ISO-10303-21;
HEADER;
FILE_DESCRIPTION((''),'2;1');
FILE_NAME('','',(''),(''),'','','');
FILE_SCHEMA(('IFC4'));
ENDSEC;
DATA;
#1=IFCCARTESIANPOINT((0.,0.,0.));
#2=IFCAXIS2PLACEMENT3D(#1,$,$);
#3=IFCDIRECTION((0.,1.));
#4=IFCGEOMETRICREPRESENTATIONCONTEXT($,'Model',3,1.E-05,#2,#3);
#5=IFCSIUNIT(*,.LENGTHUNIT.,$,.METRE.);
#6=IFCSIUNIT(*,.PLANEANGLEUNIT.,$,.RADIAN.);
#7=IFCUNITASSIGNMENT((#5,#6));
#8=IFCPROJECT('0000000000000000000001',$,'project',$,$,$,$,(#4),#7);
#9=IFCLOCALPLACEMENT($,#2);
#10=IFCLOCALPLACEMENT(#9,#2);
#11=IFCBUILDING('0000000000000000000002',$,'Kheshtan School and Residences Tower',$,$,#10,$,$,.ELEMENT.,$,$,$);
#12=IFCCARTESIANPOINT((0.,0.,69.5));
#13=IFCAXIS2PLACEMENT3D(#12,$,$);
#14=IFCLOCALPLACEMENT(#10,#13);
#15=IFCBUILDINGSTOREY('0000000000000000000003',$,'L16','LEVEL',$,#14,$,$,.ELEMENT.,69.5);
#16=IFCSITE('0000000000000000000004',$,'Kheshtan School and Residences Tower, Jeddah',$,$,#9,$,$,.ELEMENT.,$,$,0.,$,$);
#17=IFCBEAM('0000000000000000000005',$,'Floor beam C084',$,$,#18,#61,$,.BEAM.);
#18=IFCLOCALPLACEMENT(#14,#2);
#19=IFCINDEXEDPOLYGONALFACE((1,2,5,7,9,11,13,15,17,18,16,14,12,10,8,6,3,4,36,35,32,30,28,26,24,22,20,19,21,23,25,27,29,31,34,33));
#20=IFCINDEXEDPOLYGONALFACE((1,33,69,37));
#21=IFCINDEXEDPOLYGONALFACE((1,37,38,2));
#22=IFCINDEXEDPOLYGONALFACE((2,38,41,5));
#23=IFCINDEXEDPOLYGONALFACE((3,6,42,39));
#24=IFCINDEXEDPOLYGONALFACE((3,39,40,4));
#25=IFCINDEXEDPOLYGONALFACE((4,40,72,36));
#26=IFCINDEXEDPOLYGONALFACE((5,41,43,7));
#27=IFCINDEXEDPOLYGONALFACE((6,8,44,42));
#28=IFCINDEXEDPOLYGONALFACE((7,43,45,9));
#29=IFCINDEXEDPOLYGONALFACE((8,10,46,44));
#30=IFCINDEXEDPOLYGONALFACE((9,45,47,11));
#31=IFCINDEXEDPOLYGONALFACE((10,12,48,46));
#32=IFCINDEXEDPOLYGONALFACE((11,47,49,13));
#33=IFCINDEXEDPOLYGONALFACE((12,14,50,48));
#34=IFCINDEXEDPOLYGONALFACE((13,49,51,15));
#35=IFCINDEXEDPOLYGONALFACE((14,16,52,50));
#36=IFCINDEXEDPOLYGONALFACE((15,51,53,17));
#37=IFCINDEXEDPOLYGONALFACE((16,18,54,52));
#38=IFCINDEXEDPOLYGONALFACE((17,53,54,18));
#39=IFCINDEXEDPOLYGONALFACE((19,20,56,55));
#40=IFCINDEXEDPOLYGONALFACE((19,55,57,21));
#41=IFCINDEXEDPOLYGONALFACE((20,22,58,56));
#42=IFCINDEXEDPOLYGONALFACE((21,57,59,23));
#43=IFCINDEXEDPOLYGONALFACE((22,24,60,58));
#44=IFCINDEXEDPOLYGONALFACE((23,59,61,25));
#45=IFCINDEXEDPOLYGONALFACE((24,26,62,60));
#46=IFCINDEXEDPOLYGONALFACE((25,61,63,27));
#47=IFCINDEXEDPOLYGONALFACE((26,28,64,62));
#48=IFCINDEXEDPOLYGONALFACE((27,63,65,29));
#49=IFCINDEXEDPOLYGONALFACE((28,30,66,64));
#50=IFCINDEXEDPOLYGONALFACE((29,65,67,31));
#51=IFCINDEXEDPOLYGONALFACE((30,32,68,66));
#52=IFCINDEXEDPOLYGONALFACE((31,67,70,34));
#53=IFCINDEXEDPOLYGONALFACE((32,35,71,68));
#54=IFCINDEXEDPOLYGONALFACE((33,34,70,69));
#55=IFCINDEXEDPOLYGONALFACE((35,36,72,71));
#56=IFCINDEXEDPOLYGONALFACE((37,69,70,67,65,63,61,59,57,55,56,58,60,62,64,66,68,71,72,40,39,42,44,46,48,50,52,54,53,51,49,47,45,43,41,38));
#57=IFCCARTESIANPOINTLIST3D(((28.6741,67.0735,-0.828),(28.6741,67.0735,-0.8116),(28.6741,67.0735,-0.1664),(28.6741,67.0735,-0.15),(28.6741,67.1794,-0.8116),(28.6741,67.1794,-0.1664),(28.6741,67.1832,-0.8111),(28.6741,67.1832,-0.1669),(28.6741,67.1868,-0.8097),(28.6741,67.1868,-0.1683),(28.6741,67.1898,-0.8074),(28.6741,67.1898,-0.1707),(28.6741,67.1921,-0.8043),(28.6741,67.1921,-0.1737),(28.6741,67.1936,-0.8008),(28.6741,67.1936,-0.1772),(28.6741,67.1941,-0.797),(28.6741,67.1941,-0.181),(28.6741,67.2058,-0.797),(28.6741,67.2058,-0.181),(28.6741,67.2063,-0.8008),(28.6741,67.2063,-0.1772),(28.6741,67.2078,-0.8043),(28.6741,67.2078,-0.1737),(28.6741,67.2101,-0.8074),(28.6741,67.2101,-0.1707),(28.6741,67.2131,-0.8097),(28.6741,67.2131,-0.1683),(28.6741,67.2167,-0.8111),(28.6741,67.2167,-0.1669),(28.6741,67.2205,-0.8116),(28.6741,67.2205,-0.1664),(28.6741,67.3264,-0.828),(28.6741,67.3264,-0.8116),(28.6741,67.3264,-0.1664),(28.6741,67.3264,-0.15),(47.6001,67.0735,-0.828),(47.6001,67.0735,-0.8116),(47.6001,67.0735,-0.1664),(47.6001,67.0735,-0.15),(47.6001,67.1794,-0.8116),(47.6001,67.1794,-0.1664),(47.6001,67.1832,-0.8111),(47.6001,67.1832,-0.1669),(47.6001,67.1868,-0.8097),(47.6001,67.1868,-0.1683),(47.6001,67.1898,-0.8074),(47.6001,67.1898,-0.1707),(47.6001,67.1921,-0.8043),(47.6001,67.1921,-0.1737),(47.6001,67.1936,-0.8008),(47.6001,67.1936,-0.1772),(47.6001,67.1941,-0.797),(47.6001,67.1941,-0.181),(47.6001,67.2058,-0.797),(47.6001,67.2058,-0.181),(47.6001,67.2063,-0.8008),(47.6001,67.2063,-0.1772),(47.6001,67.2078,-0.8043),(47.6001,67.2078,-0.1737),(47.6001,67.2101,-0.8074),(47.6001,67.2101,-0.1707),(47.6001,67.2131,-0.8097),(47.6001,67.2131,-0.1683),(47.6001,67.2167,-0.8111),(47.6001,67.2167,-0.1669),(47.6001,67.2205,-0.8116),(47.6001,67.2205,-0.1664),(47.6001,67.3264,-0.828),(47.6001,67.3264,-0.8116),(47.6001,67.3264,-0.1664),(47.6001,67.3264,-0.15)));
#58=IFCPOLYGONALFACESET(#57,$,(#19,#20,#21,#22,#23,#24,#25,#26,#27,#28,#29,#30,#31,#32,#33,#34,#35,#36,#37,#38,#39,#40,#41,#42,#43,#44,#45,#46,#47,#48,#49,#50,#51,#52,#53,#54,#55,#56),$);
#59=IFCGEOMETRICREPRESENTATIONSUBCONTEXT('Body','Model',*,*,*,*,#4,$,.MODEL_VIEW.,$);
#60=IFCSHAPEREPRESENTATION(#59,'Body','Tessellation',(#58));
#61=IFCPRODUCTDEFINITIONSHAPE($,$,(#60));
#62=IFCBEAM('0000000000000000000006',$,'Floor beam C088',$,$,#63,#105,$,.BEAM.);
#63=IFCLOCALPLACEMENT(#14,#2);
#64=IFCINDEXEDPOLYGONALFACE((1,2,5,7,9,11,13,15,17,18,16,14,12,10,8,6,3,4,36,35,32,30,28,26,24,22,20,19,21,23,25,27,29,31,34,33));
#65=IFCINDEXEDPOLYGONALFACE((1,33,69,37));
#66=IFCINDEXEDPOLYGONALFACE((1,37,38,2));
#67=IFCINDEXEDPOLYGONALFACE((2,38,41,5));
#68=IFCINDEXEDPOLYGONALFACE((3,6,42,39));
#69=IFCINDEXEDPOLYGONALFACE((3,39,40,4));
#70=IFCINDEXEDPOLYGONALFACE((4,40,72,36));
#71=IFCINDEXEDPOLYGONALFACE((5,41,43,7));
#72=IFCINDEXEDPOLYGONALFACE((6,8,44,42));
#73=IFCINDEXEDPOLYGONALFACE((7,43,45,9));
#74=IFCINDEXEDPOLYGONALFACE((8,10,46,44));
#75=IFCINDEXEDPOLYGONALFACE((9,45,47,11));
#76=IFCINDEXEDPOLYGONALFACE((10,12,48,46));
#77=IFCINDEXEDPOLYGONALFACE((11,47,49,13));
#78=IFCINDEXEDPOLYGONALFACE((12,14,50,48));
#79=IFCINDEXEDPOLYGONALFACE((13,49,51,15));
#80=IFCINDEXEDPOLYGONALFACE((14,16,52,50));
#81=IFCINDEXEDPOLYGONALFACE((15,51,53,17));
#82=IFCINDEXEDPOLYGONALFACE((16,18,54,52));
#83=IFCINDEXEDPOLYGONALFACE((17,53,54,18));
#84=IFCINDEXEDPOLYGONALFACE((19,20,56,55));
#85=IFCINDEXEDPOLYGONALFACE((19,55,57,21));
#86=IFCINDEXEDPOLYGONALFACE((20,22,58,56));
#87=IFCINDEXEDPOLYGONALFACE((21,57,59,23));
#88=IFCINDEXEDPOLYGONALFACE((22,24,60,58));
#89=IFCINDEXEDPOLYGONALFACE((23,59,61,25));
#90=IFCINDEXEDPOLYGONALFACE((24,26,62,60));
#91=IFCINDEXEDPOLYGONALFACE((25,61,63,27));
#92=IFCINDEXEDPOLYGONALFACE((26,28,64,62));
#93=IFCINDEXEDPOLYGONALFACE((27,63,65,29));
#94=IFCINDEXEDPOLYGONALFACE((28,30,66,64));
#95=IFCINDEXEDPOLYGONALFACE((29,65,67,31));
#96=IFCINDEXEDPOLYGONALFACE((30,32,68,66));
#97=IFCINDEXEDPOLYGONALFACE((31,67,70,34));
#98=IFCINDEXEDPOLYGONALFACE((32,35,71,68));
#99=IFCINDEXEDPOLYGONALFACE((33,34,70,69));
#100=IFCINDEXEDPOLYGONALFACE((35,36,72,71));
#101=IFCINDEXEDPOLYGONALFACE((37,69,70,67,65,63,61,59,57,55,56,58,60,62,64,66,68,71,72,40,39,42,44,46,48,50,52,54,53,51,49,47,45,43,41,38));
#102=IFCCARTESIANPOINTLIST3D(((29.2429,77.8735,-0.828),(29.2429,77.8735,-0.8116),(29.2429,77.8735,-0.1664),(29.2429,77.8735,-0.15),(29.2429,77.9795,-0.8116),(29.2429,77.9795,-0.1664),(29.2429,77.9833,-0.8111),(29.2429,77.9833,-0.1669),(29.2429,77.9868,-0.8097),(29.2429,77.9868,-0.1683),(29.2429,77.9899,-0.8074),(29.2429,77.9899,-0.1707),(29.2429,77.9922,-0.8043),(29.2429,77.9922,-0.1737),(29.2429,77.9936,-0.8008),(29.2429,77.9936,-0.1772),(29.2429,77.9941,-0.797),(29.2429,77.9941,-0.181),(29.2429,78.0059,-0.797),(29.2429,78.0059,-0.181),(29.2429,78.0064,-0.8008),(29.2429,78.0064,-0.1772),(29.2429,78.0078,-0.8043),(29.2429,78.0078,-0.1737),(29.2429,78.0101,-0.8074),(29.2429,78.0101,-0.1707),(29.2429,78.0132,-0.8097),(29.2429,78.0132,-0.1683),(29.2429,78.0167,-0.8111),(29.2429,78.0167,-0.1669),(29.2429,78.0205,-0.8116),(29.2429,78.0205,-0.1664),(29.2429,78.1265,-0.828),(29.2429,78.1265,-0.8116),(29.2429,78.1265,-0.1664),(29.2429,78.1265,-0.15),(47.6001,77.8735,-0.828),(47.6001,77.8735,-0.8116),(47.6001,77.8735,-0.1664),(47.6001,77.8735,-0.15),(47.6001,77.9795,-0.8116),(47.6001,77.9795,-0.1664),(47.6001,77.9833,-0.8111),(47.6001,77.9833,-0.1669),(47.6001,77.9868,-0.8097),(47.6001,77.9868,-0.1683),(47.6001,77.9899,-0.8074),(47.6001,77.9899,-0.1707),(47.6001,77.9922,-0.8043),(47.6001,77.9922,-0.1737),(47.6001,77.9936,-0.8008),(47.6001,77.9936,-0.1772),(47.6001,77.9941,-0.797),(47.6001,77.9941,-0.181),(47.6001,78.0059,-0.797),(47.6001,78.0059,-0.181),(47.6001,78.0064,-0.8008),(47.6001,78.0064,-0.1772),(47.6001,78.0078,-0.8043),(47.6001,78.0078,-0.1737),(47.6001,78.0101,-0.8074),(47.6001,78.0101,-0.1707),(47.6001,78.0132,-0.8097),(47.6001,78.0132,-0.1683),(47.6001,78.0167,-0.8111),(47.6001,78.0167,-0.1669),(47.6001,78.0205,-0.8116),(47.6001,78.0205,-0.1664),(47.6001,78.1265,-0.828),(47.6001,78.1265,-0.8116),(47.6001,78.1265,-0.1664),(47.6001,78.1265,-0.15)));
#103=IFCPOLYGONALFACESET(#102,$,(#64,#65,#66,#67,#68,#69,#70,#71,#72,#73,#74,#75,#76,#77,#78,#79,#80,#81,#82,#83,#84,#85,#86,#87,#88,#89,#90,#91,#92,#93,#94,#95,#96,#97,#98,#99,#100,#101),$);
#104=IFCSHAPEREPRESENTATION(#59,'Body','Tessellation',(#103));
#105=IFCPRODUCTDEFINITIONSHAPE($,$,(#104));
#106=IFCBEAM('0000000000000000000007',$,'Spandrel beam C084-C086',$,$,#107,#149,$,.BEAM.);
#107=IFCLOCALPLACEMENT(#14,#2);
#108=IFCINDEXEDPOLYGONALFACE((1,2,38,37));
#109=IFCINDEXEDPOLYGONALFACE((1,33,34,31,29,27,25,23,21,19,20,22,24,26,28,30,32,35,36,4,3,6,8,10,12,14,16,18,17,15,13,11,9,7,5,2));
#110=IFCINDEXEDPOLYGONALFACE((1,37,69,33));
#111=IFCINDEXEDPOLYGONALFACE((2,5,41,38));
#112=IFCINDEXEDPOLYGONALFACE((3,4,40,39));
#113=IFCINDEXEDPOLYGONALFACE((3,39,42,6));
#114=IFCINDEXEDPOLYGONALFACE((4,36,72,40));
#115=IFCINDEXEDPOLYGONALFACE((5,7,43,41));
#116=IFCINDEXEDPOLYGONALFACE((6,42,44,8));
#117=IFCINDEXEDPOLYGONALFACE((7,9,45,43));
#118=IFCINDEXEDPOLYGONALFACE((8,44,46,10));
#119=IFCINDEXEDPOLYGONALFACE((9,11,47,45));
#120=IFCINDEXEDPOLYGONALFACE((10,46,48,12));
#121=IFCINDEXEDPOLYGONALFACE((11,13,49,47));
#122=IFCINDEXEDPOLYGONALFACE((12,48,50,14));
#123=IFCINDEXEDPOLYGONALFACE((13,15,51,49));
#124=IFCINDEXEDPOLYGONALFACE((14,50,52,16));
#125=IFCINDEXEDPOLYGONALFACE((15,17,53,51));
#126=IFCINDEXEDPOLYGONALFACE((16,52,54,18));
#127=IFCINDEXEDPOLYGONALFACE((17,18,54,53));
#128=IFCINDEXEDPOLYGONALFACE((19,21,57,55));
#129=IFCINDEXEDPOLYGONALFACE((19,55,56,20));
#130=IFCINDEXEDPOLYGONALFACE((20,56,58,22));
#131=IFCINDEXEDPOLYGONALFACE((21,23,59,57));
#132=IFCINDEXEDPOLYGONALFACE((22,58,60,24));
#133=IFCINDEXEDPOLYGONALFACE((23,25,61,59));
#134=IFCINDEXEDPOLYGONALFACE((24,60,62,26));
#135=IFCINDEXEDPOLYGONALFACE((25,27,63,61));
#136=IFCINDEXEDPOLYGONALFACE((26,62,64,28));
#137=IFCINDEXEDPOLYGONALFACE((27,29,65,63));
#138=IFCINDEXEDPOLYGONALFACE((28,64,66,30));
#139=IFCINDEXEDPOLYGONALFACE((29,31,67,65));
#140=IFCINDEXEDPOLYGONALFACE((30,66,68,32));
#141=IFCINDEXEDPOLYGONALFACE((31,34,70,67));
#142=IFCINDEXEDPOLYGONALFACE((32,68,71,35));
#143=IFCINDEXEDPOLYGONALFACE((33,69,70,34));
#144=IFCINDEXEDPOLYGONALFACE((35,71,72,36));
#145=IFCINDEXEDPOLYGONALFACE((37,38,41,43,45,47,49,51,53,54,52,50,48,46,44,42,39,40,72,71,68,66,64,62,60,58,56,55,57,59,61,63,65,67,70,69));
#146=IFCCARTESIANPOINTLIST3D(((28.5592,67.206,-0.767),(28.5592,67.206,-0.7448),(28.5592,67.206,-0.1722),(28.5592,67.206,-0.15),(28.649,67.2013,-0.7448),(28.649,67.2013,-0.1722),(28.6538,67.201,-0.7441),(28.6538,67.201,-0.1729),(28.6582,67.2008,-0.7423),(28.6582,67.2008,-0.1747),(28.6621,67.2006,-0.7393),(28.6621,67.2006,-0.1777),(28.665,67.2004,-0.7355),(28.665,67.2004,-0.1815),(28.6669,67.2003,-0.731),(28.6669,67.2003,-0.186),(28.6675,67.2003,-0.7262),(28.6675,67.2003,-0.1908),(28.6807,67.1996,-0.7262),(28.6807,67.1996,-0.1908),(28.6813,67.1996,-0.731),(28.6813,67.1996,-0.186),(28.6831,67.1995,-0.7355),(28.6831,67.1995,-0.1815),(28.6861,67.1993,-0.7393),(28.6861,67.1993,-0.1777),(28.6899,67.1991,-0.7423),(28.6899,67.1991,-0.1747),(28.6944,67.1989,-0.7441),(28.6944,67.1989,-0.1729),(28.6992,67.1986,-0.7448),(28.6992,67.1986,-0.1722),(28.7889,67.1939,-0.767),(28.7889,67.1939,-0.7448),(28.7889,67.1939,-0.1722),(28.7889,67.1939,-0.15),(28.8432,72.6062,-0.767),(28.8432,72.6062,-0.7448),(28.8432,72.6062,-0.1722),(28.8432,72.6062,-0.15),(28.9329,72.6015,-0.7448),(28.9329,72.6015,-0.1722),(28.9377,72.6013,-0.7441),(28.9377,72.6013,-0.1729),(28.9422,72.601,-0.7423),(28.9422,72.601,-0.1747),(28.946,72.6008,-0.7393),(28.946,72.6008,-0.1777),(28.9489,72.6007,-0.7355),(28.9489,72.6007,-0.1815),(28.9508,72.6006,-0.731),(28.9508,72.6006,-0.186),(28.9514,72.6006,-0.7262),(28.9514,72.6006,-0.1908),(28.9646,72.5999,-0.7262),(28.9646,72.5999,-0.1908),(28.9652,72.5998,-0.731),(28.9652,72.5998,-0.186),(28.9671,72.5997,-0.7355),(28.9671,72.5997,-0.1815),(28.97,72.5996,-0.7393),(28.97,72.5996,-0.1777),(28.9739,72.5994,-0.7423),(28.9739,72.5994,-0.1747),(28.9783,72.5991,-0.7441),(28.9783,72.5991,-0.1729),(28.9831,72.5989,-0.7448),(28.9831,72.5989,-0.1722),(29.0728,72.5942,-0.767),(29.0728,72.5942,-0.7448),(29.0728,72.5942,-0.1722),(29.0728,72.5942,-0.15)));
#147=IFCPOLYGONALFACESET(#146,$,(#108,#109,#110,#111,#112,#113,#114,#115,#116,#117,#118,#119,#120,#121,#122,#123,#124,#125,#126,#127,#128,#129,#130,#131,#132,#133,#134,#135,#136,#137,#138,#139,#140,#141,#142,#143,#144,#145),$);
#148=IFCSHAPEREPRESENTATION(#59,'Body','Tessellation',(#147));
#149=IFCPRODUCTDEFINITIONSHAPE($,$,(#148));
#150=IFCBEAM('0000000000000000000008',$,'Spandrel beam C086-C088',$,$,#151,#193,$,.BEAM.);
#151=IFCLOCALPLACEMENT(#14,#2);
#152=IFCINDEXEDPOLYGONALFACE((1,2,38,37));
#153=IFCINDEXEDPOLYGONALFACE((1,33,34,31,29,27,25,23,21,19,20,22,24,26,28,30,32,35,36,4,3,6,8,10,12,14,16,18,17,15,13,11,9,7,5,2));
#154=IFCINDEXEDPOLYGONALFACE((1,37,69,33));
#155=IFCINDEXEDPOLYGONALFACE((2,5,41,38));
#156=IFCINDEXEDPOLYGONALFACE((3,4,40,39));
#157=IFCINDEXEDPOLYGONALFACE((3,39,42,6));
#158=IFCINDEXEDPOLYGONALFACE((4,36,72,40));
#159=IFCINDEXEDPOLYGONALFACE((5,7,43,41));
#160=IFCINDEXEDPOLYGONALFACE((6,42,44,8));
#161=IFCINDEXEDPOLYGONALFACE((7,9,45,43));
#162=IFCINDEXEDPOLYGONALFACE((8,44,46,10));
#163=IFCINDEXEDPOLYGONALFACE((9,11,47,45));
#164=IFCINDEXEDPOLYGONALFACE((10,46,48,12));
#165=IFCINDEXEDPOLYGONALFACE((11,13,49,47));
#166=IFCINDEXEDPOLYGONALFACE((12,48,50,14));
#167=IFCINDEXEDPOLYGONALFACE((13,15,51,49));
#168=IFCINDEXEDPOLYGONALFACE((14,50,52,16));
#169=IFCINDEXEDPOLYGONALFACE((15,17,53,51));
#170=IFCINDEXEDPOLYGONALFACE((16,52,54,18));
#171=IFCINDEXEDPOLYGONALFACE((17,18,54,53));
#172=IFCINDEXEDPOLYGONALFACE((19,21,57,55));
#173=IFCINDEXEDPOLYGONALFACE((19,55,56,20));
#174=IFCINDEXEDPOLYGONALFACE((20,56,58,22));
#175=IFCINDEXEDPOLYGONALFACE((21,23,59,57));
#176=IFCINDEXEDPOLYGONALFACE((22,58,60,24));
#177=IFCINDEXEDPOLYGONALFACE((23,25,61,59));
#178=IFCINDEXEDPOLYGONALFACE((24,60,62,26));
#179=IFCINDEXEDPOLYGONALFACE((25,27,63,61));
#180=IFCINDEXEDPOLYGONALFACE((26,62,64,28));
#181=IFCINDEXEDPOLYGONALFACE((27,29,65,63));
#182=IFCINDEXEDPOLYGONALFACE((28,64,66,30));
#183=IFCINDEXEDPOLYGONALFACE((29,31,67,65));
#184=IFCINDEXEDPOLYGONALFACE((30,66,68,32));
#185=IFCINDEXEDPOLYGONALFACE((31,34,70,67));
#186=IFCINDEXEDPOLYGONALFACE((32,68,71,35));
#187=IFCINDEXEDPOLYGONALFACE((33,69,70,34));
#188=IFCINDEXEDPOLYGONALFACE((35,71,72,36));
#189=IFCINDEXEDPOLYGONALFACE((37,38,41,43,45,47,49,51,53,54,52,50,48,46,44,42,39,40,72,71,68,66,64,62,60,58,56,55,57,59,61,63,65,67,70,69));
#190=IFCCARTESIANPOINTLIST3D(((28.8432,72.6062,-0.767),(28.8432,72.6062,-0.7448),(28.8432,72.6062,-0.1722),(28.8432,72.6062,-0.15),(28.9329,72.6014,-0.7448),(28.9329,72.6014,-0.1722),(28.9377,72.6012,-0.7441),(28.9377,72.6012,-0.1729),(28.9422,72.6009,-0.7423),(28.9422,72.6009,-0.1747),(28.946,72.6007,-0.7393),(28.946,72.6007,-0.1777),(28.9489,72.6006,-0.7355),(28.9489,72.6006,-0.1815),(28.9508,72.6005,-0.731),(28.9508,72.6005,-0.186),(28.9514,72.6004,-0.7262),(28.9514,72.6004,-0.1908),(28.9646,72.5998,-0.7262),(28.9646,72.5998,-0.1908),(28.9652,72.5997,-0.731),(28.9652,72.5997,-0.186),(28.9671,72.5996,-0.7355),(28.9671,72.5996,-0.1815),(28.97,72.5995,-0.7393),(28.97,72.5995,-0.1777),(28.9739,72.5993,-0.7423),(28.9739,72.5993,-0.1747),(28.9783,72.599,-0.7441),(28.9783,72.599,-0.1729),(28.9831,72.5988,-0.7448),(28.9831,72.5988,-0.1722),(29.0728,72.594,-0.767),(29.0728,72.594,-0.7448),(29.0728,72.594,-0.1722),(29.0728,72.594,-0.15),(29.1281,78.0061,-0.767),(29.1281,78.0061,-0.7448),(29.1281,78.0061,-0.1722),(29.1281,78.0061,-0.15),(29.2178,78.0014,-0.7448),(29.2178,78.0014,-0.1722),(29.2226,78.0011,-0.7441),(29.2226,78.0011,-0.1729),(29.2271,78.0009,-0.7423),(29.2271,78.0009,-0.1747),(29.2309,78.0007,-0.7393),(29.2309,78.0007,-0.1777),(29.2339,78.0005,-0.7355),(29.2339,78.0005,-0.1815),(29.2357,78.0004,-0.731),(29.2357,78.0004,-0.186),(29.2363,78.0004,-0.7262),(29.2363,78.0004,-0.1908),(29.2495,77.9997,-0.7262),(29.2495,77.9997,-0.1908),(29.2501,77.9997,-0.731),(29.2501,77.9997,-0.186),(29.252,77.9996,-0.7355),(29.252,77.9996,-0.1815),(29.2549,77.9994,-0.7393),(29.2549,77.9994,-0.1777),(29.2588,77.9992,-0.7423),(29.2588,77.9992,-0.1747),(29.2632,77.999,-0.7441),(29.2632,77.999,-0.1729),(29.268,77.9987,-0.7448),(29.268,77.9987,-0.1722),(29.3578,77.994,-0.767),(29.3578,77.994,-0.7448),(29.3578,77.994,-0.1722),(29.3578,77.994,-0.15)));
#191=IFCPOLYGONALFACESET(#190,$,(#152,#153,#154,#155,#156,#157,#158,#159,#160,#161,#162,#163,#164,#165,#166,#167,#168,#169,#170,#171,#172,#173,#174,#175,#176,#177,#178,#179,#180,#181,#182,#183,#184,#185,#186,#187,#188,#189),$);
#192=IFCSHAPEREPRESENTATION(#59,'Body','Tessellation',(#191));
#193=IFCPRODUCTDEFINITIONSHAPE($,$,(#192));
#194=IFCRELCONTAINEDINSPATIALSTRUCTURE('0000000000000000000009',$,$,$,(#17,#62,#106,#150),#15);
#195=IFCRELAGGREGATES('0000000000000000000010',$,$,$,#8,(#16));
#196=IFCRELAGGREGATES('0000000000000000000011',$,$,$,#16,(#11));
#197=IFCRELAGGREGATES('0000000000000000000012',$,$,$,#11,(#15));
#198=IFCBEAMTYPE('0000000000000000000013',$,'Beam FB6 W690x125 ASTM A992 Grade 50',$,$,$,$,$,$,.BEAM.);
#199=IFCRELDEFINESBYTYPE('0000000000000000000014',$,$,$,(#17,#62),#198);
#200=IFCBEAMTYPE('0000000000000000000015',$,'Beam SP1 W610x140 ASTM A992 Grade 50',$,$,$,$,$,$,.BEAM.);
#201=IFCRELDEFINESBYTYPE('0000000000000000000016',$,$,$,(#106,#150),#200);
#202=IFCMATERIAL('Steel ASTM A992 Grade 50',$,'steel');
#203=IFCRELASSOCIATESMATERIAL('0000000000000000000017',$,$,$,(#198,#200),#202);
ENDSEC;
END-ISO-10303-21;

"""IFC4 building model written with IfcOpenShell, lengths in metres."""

from ifc_helpers import new_model, si_unit, direction, frame, origin, origin_2d, place, context, subcontext, project, spatial, i_section, extrude, material, material_profile, profile_set, type_object, element, save


model = new_model("IFC4")

# Units and contexts
model_context = context("Model", 3, precision=1e-05, world=origin(), true_north=direction((0.0, 1.0)))
body_context = subcontext(model_context, "Body", "Model", "MODEL_VIEW")
ifc_project = project(units=[si_unit("LENGTHUNIT", "METRE"), si_unit("PLANEANGLEUNIT", "RADIAN")], contexts=[model_context])

# Site, building, storey
site_placement = place(None, origin())
site = spatial("IfcSite", under=ifc_project, at=site_placement, Name="Kheshtan School and Residences Tower, Jeddah", CompositionType="ELEMENT", RefElevation=0.0)
building_placement = place(site_placement, origin())
building = spatial("IfcBuilding", under=site, at=building_placement, Name="Kheshtan School and Residences Tower", CompositionType="ELEMENT")
storey_placement = place(building_placement, frame((0.0, 0.0, 69.5)))
storey = spatial("IfcBuildingStorey", under=building, at=storey_placement, Name="L16", Description="LEVEL", CompositionType="ELEMENT", Elevation=69.5)

# Shared definitions
ifc_material_1 = material(Name="Steel ASTM A992 Grade 50", Category="steel")

# Beams
ifc_material_profile_1 = material_profile(ifc_material_1, i_section(OverallWidth=0.2529, OverallDepth=0.678, WebThickness=0.0117, FlangeThickness=0.0164, FilletRadius=0.0146, at=origin_2d()), Name="W690x125")
ifc_profile_set_1 = profile_set([ifc_material_profile_1], Name="Steel ASTM A992 Grade 50")
beam_type_1 = type_object("IfcBeamType", Name="Beam FB6 W690x125 ASTM A992 Grade 50", PredefinedType="BEAM", material=ifc_profile_set_1)
beam_1_placement = place(storey_placement, frame((28.6741, 67.2, -0.489), z_axis=(1.0, 0.0, 0.0), x_axis=(0.0, 1.0, 0.0)))
element("IfcBeam", 1, at=beam_1_placement, inside=storey, type_object=beam_type_1, Name="Floor beam C084", PredefinedType="BEAM", context=body_context, shape_type="SweptSolid", body=[
    extrude(i_section(OverallWidth=0.2529, OverallDepth=0.678, WebThickness=0.0117, FlangeThickness=0.0164, FilletRadius=0.0146, at=origin_2d()), origin(), (0.0, 0.0, 1.0), 18.926),
])
beam_2_placement = place(storey_placement, frame((29.2429, 78.0, -0.489), z_axis=(1.0, 0.0, 0.0), x_axis=(0.0, 1.0, 0.0)))
element("IfcBeam", 2, at=beam_2_placement, inside=storey, type_object=beam_type_1, Name="Floor beam C088", PredefinedType="BEAM", context=body_context, shape_type="SweptSolid", body=[
    extrude(i_section(OverallWidth=0.2529, OverallDepth=0.678, WebThickness=0.0117, FlangeThickness=0.0164, FilletRadius=0.0146, at=origin_2d()), origin(), (0.0, 0.0, 1.0), 18.3572),
])
ifc_material_profile_2 = material_profile(ifc_material_1, i_section(OverallWidth=0.23, OverallDepth=0.6169, WebThickness=0.0132, FlangeThickness=0.0222, FilletRadius=0.0186, at=origin_2d()), Name="W610x140")
ifc_profile_set_2 = profile_set([ifc_material_profile_2], Name="Steel ASTM A992 Grade 50")
beam_type_2 = type_object("IfcBeamType", Name="Beam SP1 W610x140 ASTM A992 Grade 50", PredefinedType="BEAM", material=ifc_profile_set_2)
beam_3_placement = place(storey_placement, frame((28.6741, 67.2, -0.4585), z_axis=(0.052507, 0.998621, 0.0), x_axis=(-0.998621, 0.052507, 0.0)))
element("IfcBeam", 3, at=beam_3_placement, inside=storey, type_object=beam_type_2, Name="Spandrel beam C084-C086", PredefinedType="BEAM", context=body_context, shape_type="SweptSolid", body=[
    extrude(i_section(OverallWidth=0.23, OverallDepth=0.6169, WebThickness=0.0132, FlangeThickness=0.0222, FilletRadius=0.0186, at=origin_2d()), origin(), (0.0, 0.0, 1.0), 5.4077),
])
for number, where, z_axis, x_axis, name in (
    (4, (28.958, 72.6001, -0.4585), (0.052689, 0.998611, 0.0), (-0.998611, 0.052689, 0.0), "Spandrel beam C086-C088"),
):
    element("IfcBeam", number, at=place(storey_placement, frame(where, z_axis=z_axis, x_axis=x_axis)), inside=storey, type_object=beam_type_2, Name=name, PredefinedType="BEAM", context=body_context, shape_type="SweptSolid", body=[
        extrude(i_section(OverallWidth=0.23, OverallDepth=0.6169, WebThickness=0.0132, FlangeThickness=0.0222, FilletRadius=0.0186, at=origin_2d()), origin(), (0.0, 0.0, 1.0), 5.4075),
    ])

save(model, "model.ifc")
